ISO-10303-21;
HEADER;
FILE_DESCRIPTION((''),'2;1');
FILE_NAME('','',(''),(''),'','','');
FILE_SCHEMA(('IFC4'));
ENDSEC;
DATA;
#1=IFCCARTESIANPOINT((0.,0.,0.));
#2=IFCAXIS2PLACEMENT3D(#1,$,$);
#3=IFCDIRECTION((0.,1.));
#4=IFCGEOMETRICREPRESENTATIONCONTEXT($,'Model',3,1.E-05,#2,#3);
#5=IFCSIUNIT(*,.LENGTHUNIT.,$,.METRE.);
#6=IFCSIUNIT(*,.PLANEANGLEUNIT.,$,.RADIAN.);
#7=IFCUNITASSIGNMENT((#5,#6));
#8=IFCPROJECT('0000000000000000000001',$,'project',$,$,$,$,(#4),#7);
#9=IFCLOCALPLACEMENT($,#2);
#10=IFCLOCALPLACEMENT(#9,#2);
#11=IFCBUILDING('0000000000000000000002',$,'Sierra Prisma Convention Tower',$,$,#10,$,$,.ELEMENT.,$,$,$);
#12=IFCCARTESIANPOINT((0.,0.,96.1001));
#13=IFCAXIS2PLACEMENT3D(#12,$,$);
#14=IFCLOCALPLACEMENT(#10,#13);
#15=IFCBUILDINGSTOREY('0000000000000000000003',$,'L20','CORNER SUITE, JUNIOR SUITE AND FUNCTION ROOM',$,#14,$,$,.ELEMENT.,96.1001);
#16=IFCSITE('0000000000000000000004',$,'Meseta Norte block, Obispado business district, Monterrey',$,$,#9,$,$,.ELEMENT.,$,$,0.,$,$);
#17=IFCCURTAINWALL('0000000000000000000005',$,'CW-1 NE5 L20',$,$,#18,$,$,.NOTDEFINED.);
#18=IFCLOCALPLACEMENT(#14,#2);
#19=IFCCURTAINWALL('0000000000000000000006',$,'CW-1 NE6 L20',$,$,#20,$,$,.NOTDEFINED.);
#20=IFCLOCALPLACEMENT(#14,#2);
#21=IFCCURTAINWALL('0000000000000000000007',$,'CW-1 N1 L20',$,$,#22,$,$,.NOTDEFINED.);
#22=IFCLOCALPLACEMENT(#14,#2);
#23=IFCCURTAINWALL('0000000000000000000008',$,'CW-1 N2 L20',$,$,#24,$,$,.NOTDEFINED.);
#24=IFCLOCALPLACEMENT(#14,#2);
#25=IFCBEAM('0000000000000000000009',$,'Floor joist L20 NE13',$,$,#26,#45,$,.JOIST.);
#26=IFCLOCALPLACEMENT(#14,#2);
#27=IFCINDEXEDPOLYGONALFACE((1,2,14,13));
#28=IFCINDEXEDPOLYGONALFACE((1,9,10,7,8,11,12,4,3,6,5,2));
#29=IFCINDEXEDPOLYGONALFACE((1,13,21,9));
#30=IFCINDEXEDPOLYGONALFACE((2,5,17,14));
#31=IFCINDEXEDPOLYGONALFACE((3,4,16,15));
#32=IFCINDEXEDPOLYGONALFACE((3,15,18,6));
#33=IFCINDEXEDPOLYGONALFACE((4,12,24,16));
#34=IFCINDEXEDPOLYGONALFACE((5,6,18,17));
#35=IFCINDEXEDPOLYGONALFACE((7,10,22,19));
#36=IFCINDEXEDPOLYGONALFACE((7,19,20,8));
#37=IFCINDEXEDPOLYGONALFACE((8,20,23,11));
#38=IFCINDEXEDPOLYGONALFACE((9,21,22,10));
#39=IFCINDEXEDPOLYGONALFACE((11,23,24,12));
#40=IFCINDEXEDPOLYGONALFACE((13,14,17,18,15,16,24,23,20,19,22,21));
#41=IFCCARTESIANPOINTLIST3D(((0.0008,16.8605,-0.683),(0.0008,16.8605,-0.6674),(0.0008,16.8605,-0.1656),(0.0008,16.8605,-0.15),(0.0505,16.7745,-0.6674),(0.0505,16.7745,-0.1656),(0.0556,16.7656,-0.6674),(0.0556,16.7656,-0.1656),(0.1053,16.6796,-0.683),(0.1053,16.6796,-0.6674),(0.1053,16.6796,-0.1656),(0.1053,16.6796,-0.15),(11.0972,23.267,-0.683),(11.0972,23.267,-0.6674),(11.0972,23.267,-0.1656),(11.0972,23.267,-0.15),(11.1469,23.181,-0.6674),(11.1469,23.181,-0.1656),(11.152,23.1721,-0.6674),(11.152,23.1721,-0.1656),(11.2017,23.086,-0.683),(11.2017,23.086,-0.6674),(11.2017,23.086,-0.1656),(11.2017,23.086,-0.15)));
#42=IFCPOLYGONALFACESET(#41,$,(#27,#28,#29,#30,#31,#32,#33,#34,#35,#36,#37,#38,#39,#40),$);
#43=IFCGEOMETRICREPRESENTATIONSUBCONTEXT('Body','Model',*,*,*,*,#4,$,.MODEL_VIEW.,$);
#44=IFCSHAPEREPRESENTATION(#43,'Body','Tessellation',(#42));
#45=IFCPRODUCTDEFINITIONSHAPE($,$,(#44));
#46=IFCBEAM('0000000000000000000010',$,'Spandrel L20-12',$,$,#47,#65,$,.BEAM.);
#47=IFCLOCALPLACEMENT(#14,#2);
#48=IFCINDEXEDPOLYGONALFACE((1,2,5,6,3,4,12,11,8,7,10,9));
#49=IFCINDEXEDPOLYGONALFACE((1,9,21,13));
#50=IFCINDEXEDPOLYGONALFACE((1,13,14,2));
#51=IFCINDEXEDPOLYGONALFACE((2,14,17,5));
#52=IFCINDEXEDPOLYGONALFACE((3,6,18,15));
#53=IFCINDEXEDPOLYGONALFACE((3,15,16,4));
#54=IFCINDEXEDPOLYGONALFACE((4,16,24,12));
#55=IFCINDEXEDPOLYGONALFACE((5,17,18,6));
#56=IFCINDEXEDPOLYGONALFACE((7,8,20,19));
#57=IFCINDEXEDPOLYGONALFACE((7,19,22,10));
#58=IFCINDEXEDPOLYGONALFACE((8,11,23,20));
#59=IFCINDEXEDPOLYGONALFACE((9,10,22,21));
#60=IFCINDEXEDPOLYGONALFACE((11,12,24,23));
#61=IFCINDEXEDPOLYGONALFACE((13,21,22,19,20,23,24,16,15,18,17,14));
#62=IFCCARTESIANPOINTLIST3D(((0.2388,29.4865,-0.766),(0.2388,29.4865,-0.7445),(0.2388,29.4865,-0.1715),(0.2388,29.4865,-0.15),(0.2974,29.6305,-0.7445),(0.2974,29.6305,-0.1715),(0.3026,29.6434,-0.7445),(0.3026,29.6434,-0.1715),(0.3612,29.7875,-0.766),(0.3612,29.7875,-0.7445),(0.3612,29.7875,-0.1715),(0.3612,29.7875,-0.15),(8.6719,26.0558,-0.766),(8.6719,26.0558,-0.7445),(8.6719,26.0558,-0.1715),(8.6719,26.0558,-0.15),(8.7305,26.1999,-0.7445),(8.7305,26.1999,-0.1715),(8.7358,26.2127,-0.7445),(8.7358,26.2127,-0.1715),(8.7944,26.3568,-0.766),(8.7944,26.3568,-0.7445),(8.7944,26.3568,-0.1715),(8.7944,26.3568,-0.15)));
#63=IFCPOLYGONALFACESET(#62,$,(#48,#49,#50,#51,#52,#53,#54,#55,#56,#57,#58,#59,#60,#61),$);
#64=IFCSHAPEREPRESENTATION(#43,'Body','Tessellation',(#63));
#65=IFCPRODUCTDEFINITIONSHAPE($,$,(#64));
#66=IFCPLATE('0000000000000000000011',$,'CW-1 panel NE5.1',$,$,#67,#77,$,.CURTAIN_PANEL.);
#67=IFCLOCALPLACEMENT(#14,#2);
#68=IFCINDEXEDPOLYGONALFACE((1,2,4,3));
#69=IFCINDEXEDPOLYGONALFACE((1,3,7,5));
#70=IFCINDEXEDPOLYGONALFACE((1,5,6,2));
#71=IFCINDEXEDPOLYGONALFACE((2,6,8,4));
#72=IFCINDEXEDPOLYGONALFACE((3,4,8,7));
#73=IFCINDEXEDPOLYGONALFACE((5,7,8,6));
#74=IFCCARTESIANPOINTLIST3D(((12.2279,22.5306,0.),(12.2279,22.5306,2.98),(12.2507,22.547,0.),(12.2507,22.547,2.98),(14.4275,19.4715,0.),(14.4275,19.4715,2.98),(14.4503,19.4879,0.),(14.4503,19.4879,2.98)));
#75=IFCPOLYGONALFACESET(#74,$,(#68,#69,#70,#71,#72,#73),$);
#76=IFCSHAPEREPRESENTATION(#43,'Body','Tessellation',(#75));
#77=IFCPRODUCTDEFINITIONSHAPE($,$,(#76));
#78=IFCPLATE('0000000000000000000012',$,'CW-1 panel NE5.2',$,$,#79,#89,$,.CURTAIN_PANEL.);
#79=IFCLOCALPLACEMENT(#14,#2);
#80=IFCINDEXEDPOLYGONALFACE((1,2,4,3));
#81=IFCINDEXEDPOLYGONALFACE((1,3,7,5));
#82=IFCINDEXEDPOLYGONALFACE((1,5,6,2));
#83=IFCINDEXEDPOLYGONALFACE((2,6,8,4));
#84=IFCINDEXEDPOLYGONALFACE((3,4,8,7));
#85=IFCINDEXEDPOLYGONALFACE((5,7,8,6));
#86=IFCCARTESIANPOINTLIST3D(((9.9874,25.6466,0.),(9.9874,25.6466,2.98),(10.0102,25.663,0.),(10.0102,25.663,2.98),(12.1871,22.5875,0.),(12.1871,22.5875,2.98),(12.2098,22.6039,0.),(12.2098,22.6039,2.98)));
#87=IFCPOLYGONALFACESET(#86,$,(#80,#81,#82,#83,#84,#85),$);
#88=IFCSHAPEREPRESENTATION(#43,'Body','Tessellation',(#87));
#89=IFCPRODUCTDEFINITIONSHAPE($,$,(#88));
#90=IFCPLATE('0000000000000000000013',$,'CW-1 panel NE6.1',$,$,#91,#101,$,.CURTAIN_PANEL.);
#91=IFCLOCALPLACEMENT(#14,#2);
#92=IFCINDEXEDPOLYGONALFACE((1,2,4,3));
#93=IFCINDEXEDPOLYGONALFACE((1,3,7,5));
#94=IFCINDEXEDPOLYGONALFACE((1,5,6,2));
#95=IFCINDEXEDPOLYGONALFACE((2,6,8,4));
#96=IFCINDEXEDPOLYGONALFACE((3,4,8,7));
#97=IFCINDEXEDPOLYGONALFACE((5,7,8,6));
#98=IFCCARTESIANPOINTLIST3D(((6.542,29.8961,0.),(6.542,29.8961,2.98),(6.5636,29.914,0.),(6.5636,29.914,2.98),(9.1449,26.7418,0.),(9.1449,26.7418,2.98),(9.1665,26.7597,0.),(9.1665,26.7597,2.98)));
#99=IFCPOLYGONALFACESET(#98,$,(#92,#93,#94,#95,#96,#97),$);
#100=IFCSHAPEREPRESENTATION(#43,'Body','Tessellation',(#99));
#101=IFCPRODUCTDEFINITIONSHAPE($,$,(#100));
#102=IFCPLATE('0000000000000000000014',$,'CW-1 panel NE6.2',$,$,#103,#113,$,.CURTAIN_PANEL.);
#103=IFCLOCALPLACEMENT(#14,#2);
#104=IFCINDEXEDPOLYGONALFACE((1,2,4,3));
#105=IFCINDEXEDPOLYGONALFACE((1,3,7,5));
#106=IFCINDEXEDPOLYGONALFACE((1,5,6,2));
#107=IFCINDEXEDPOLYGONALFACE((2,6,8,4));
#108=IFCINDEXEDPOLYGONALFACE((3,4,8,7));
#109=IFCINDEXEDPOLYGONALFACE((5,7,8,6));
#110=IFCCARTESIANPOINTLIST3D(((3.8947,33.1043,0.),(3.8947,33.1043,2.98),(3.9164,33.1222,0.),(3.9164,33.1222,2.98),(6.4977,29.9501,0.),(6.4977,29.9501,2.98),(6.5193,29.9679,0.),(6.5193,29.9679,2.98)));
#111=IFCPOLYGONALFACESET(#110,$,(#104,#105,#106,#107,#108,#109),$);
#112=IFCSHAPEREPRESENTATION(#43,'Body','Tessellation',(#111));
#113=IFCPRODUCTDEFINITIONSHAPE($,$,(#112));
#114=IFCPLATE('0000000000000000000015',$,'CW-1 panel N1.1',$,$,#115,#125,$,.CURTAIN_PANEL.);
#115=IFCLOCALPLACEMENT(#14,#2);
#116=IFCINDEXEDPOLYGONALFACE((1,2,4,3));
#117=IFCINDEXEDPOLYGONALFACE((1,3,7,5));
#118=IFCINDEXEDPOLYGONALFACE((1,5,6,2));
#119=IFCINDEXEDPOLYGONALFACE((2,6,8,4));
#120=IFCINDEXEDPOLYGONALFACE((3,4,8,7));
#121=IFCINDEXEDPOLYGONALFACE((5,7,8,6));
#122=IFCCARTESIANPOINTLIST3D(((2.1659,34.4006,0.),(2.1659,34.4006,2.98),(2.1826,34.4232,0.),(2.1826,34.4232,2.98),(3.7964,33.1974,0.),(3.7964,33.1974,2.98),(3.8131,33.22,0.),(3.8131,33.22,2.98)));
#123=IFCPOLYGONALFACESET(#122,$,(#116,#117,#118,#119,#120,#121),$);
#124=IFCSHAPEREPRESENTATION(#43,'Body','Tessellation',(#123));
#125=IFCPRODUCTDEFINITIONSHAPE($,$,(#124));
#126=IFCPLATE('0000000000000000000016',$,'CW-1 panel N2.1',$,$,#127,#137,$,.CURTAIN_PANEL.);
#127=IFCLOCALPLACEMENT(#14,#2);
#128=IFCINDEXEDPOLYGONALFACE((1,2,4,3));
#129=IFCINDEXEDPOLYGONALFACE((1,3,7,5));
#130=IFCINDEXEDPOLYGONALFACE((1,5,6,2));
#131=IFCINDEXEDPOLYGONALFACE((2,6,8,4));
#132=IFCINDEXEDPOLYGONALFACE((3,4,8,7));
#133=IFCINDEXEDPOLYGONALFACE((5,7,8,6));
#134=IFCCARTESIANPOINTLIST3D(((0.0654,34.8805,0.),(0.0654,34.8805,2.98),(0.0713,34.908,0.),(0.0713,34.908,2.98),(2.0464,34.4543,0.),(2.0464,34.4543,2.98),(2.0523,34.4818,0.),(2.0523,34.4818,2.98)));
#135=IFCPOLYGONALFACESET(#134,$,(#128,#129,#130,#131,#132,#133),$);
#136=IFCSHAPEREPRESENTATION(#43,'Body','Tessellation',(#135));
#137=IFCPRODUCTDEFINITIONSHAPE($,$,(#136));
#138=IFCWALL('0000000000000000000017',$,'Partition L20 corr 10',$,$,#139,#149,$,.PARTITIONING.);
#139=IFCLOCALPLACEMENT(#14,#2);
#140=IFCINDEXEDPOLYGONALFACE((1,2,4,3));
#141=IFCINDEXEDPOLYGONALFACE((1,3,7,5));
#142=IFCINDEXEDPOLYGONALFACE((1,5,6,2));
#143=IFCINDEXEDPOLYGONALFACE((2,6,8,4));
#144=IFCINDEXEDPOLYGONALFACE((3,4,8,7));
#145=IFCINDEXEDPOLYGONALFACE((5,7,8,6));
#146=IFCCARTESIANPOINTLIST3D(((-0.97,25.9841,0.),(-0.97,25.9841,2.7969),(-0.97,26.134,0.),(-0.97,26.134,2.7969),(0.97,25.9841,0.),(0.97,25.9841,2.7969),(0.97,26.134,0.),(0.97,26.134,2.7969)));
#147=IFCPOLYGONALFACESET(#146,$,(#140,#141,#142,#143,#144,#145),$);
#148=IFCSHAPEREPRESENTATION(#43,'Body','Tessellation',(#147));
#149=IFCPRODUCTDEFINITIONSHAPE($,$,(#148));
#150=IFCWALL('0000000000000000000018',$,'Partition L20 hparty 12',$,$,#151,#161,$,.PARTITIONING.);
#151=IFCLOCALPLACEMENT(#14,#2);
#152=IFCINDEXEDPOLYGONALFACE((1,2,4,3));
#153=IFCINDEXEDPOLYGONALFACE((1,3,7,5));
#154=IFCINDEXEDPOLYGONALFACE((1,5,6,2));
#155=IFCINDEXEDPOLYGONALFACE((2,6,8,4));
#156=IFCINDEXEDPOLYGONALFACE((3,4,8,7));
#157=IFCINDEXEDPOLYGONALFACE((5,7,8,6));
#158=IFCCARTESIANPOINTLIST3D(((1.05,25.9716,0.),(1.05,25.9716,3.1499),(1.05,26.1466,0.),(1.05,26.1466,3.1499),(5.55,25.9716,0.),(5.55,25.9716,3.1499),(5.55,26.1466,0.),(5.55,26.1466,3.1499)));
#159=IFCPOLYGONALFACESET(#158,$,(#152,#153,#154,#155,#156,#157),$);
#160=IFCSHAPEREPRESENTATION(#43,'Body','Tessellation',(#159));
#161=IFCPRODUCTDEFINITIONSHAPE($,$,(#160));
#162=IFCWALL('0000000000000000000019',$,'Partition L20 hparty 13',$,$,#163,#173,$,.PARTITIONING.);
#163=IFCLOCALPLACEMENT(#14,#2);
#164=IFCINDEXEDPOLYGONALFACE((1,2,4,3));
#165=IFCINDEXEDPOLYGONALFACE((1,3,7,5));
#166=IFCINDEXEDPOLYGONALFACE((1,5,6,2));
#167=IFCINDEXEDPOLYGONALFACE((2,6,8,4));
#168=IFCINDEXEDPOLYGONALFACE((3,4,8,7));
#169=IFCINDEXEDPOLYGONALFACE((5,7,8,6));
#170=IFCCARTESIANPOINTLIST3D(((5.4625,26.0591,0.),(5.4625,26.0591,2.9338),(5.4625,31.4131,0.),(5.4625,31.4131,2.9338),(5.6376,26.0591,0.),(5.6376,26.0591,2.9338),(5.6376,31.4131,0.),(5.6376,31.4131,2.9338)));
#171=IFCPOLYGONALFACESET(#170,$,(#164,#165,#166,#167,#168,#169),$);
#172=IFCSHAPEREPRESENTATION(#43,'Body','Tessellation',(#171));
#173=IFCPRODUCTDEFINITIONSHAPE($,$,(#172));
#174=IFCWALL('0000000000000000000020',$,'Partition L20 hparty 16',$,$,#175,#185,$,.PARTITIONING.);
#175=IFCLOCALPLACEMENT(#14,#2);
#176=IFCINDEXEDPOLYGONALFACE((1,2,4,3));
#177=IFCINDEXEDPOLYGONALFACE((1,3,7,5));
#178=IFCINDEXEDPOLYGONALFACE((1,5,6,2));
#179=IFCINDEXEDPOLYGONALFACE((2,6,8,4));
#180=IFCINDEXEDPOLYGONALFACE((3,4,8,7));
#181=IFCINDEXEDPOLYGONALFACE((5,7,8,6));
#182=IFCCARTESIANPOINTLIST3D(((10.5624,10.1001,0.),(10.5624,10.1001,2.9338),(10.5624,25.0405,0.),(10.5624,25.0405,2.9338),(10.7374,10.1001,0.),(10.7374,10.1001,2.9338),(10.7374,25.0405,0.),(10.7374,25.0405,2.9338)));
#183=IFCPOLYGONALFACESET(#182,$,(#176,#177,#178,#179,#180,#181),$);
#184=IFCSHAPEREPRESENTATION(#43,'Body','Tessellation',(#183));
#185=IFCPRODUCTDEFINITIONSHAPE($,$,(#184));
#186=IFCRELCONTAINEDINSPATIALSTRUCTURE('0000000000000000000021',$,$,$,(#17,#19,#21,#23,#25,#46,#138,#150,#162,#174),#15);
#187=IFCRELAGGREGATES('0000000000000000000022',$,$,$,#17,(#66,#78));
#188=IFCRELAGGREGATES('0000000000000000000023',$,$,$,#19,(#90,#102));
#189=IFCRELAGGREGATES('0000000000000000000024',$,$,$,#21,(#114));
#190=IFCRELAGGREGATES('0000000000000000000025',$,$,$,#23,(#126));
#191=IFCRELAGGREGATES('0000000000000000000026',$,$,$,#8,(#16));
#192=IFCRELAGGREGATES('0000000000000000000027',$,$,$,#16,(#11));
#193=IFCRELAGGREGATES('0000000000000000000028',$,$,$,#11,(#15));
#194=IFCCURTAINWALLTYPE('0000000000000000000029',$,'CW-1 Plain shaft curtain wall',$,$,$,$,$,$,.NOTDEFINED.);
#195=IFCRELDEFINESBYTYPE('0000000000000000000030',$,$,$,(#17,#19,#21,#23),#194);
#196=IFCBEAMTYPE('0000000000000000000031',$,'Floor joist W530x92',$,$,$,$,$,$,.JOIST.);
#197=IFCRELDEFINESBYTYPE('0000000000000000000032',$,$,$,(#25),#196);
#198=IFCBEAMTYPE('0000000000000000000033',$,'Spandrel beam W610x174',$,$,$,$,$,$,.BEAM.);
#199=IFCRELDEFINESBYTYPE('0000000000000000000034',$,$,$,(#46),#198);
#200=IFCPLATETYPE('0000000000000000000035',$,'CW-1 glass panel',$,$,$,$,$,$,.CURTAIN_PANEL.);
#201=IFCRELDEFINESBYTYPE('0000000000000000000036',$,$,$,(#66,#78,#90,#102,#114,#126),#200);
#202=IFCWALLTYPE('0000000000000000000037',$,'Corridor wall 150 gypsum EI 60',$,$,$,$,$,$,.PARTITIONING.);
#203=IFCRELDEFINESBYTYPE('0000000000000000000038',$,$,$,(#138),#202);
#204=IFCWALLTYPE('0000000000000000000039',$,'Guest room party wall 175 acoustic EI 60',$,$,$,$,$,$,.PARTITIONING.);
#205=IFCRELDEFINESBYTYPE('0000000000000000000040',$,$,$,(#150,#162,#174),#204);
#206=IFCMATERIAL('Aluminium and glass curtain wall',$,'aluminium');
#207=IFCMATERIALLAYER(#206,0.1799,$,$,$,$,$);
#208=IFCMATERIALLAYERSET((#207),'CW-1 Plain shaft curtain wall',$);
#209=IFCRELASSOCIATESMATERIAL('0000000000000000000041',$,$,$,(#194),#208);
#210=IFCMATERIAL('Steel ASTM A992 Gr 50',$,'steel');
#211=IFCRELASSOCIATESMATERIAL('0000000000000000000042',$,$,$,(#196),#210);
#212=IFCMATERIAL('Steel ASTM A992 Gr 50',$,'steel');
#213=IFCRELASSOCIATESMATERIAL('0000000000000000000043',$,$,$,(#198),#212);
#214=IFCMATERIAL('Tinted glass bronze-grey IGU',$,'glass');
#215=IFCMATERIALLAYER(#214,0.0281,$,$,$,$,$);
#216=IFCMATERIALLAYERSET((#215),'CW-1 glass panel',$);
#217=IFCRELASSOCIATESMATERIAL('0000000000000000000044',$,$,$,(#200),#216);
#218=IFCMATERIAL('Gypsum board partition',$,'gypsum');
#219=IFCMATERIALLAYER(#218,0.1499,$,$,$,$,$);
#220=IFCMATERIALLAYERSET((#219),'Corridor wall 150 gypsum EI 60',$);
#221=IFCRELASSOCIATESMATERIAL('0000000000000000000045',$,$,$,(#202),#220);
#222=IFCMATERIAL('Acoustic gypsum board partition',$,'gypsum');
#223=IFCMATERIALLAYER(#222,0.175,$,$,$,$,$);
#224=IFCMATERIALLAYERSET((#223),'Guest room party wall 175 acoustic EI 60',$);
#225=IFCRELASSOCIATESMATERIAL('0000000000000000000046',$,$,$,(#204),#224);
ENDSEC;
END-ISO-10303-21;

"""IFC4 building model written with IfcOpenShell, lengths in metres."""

from ifc_helpers import new_model, si_unit, direction, frame, frame_2d, origin, origin_2d, place, context, subcontext, project, spatial, rectangle, i_section, extrude, material, layer, layer_set, material_profile, profile_set, type_object, element, aggregate, save


model = new_model("IFC4")

# Units and contexts
model_context = context("Model", 3, precision=1e-05, world=origin(), true_north=direction((0.0, 1.0)))
body_context = subcontext(model_context, "Body", "Model", "MODEL_VIEW")
ifc_project = project(units=[si_unit("LENGTHUNIT", "METRE"), si_unit("PLANEANGLEUNIT", "RADIAN")], contexts=[model_context])

# Site, building, storey
site_placement = place(None, origin())
site = spatial("IfcSite", under=ifc_project, at=site_placement, Name="Meseta Norte block, Obispado business district, Monterrey", CompositionType="ELEMENT", RefElevation=0.0)
building_placement = place(site_placement, origin())
building = spatial("IfcBuilding", under=site, at=building_placement, Name="Sierra Prisma Convention Tower", CompositionType="ELEMENT")
storey_placement = place(building_placement, frame((0.0, 0.0, 96.1001)))
storey = spatial("IfcBuildingStorey", under=building, at=storey_placement, Name="L20", Description="CORNER SUITE, JUNIOR SUITE AND FUNCTION ROOM", CompositionType="ELEMENT", Elevation=96.1001)

# Curtain wall
ifc_material_1 = material(Name="Aluminium and glass curtain wall", Category="aluminium")
ifc_layer_1 = layer(ifc_material_1, 0.1799)
ifc_layer_set_1 = layer_set([ifc_layer_1], Name="CW-1 Plain shaft curtain wall")
curtain_wall_type = type_object("IfcCurtainWallType", Name="CW-1 Plain shaft curtain wall", PredefinedType="NOTDEFINED", material=ifc_layer_set_1)
curtain_wall_1_placement = place(storey_placement, origin())
curtain_wall_1 = element("IfcCurtainWall", 1, at=curtain_wall_1_placement, inside=storey, type_object=curtain_wall_type, Name="CW-1 NE5 L20", PredefinedType="NOTDEFINED")

# Curtain walls
curtain_wall_2_placement = place(storey_placement, origin())
curtain_wall_2 = element("IfcCurtainWall", 2, at=curtain_wall_2_placement, inside=storey, type_object=curtain_wall_type, Name="CW-1 NE6 L20", PredefinedType="NOTDEFINED")
curtain_wall_3_placement = place(storey_placement, origin())
curtain_wall_3 = element("IfcCurtainWall", 3, at=curtain_wall_3_placement, inside=storey, type_object=curtain_wall_type, Name="CW-1 N1 L20", PredefinedType="NOTDEFINED")
curtain_wall_4_placement = place(storey_placement, origin())
curtain_wall_4 = element("IfcCurtainWall", 4, at=curtain_wall_4_placement, inside=storey, type_object=curtain_wall_type, Name="CW-1 N2 L20", PredefinedType="NOTDEFINED")

# Beams
ifc_material_2 = material(Name="Steel ASTM A992 Gr 50", Category="steel")
ifc_material_profile_1 = material_profile(ifc_material_2, i_section(OverallWidth=0.209, OverallDepth=0.533, WebThickness=0.0103, FlangeThickness=0.0156, at=origin_2d()), Name="W530x92")
ifc_profile_set_1 = profile_set([ifc_material_profile_1], Name="Steel ASTM A992 Gr 50")
beam_type_1 = type_object("IfcBeamType", Name="Floor joist W530x92", PredefinedType="JOIST", material=ifc_profile_set_1)
beam_1_placement = place(storey_placement, frame((11.1494, 23.1765, -0.4165), z_axis=(-0.866027, -0.499998, 0.0), x_axis=(0.499998, -0.866027, 0.0)))
element("IfcBeam", 5, at=beam_1_placement, inside=storey, type_object=beam_type_1, Name="Floor joist L20 NE13", PredefinedType="JOIST", context=body_context, shape_type="SweptSolid", body=[
    extrude(i_section(OverallWidth=0.209, OverallDepth=0.533, WebThickness=0.0103, FlangeThickness=0.0156, at=origin_2d()), origin(), (0.0, 0.0, 1.0), 12.813),
])
ifc_material_3 = material(Name="Steel ASTM A992 Gr 50", Category="steel")
ifc_material_profile_2 = material_profile(ifc_material_3, i_section(OverallWidth=0.325, OverallDepth=0.616, WebThickness=0.0139, FlangeThickness=0.0215, at=origin_2d()), Name="W610x174")
ifc_profile_set_2 = profile_set([ifc_material_profile_2], Name="Steel ASTM A992 Gr 50")
beam_type_2 = type_object("IfcBeamType", Name="Spandrel beam W610x174", PredefinedType="BEAM", material=ifc_profile_set_2)
beam_2_placement = place(storey_placement, frame((8.7332, 26.2063, -0.458), z_axis=(-0.926286, 0.376822, 0.0), x_axis=(-0.376822, -0.926286, 0.0)))
element("IfcBeam", 6, at=beam_2_placement, inside=storey, type_object=beam_type_2, Name="Spandrel L20-12", PredefinedType="BEAM", context=body_context, shape_type="SweptSolid", body=[
    extrude(i_section(OverallWidth=0.325, OverallDepth=0.616, WebThickness=0.0139, FlangeThickness=0.0215, at=origin_2d()), origin(), (0.0, 0.0, 1.0), 9.1042),
])

# Plates
ifc_material_4 = material(Name="Tinted glass bronze-grey IGU", Category="glass")
ifc_layer_2 = layer(ifc_material_4, 0.0281)
ifc_layer_set_2 = layer_set([ifc_layer_2], Name="CW-1 glass panel")
plate_type = type_object("IfcPlateType", Name="CW-1 glass panel", PredefinedType="CURTAIN_PANEL", material=ifc_layer_set_2)
plate_1_placement = place(storey_placement, frame((13.3391, 21.0093, 0.0), z_axis=(0.0, 0.0, 1.0), x_axis=(-0.583793, 0.811902, 0.0)))
plate_1 = element("IfcPlate", 7, at=plate_1_placement, type_object=plate_type, Name="CW-1 panel NE5.1", PredefinedType="CURTAIN_PANEL", context=body_context, shape_type="SweptSolid", body=[
    extrude(rectangle(XDim=3.7678, YDim=0.0281, at=origin_2d()), origin(), (0.0, 0.0, 1.0), 2.98),
])
plate_2_placement = place(storey_placement, frame((11.0986, 24.1252, 0.0), z_axis=(0.0, 0.0, 1.0), x_axis=(-0.583793, 0.811902, 0.0)))
plate_2 = element("IfcPlate", 8, at=plate_2_placement, type_object=plate_type, Name="CW-1 panel NE5.2", PredefinedType="CURTAIN_PANEL", context=body_context, shape_type="SweptSolid", body=[
    extrude(rectangle(XDim=3.7678, YDim=0.0281, at=origin_2d()), origin(), (0.0, 0.0, 1.0), 2.98),
])
aggregate(curtain_wall_1, [plate_1, plate_2])
plate_3_placement = place(storey_placement, frame((7.8542, 28.3279, 0.0), z_axis=(0.0, 0.0, 1.0), x_axis=(-0.636477, 0.771295, 0.0)))
plate_3 = element("IfcPlate", 9, at=plate_3_placement, type_object=plate_type, Name="CW-1 panel NE6.1", PredefinedType="CURTAIN_PANEL", context=body_context, shape_type="SweptSolid", body=[
    extrude(rectangle(XDim=4.0896, YDim=0.0281, at=origin_2d()), origin(), (0.0, 0.0, 1.0), 2.98),
])
plate_4_placement = place(storey_placement, frame((5.207, 31.5361, 0.0), z_axis=(0.0, 0.0, 1.0), x_axis=(-0.636477, 0.771295, 0.0)))
plate_4 = element("IfcPlate", 10, at=plate_4_placement, type_object=plate_type, Name="CW-1 panel NE6.2", PredefinedType="CURTAIN_PANEL", context=body_context, shape_type="SweptSolid", body=[
    extrude(rectangle(XDim=4.0896, YDim=0.0281, at=origin_2d()), origin(), (0.0, 0.0, 1.0), 2.98),
])
aggregate(curtain_wall_2, [plate_3, plate_4])
plate_5_placement = place(storey_placement, frame((2.9895, 33.8103, 0.0), z_axis=(0.0, 0.0, 1.0), x_axis=(-0.804652, 0.593746, 0.0)))
plate_5 = element("IfcPlate", 11, at=plate_5_placement, type_object=plate_type, Name="CW-1 panel N1.1", PredefinedType="CURTAIN_PANEL", context=body_context, shape_type="SweptSolid", body=[
    extrude(rectangle(XDim=2.0264, YDim=0.0281, at=origin_2d()), origin(), (0.0, 0.0, 1.0), 2.98),
])
aggregate(curtain_wall_3, [plate_5])
plate_6_placement = place(storey_placement, frame((1.0588, 34.6812, 0.0), z_axis=(0.0, 0.0, 1.0), x_axis=(-0.977633, 0.21032, 0.0)))
plate_6 = element("IfcPlate", 12, at=plate_6_placement, type_object=plate_type, Name="CW-1 panel N2.1", PredefinedType="CURTAIN_PANEL", context=body_context, shape_type="SweptSolid", body=[
    extrude(rectangle(XDim=2.0264, YDim=0.0281, at=origin_2d()), origin(), (0.0, 0.0, 1.0), 2.98),
])
aggregate(curtain_wall_4, [plate_6])

# Walls
ifc_material_5 = material(Name="Gypsum board partition", Category="gypsum")
ifc_layer_3 = layer(ifc_material_5, 0.1499)
ifc_layer_set_3 = layer_set([ifc_layer_3], Name="Corridor wall 150 gypsum EI 60")
wall_type_1 = type_object("IfcWallType", Name="Corridor wall 150 gypsum EI 60", PredefinedType="PARTITIONING", material=ifc_layer_set_3)
wall_1_placement = place(storey_placement, frame((0.97, 26.0591, 0.0), z_axis=(0.0, 0.0, 1.0), x_axis=(-1.0, 0.0, 0.0)))
element("IfcWall", 13, at=wall_1_placement, inside=storey, type_object=wall_type_1, Name="Partition L20 corr 10", PredefinedType="PARTITIONING", context=body_context, shape_type="SweptSolid", body=[
    extrude(rectangle(XDim=1.9399, YDim=0.1499, at=frame_2d((0.97, 0.0))), origin(), (0.0, 0.0, 1.0), 2.7969),
])
ifc_material_6 = material(Name="Acoustic gypsum board partition", Category="gypsum")
ifc_layer_4 = layer(ifc_material_6, 0.175)
ifc_layer_set_4 = layer_set([ifc_layer_4], Name="Guest room party wall 175 acoustic EI 60")
wall_type_2 = type_object("IfcWallType", Name="Guest room party wall 175 acoustic EI 60", PredefinedType="PARTITIONING", material=ifc_layer_set_4)
wall_2_placement = place(storey_placement, frame((1.05, 26.0591, 0.0), z_axis=(0.0, 0.0, 1.0), x_axis=(1.0, 0.0, 0.0)))
element("IfcWall", 14, at=wall_2_placement, inside=storey, type_object=wall_type_2, Name="Partition L20 hparty 12", PredefinedType="PARTITIONING", context=body_context, shape_type="SweptSolid", body=[
    extrude(rectangle(XDim=4.5, YDim=0.175, at=frame_2d((2.25, 0.0))), origin(), (0.0, 0.0, 1.0), 3.1499),
])
wall_3_placement = place(storey_placement, frame((5.55, 26.0591, 0.0), z_axis=(0.0, 0.0, 1.0), x_axis=(0.0, 1.0, 0.0)))
element("IfcWall", 15, at=wall_3_placement, inside=storey, type_object=wall_type_2, Name="Partition L20 hparty 13", PredefinedType="PARTITIONING", context=body_context, shape_type="SweptSolid", body=[
    extrude(rectangle(XDim=5.354, YDim=0.175, at=frame_2d((2.677, 0.0))), origin(), (0.0, 0.0, 1.0), 2.9338),
])
wall_4_placement = place(storey_placement, frame((10.6499, 25.0405, 0.0), z_axis=(0.0, 0.0, 1.0), x_axis=(0.0, -1.0, 0.0)))
element("IfcWall", 16, at=wall_4_placement, inside=storey, type_object=wall_type_2, Name="Partition L20 hparty 16", PredefinedType="PARTITIONING", context=body_context, shape_type="SweptSolid", body=[
    extrude(rectangle(XDim=14.9404, YDim=0.175, at=frame_2d((7.4702, 0.0))), origin(), (0.0, 0.0, 1.0), 2.9338),
])

save(model, "model.ifc")
